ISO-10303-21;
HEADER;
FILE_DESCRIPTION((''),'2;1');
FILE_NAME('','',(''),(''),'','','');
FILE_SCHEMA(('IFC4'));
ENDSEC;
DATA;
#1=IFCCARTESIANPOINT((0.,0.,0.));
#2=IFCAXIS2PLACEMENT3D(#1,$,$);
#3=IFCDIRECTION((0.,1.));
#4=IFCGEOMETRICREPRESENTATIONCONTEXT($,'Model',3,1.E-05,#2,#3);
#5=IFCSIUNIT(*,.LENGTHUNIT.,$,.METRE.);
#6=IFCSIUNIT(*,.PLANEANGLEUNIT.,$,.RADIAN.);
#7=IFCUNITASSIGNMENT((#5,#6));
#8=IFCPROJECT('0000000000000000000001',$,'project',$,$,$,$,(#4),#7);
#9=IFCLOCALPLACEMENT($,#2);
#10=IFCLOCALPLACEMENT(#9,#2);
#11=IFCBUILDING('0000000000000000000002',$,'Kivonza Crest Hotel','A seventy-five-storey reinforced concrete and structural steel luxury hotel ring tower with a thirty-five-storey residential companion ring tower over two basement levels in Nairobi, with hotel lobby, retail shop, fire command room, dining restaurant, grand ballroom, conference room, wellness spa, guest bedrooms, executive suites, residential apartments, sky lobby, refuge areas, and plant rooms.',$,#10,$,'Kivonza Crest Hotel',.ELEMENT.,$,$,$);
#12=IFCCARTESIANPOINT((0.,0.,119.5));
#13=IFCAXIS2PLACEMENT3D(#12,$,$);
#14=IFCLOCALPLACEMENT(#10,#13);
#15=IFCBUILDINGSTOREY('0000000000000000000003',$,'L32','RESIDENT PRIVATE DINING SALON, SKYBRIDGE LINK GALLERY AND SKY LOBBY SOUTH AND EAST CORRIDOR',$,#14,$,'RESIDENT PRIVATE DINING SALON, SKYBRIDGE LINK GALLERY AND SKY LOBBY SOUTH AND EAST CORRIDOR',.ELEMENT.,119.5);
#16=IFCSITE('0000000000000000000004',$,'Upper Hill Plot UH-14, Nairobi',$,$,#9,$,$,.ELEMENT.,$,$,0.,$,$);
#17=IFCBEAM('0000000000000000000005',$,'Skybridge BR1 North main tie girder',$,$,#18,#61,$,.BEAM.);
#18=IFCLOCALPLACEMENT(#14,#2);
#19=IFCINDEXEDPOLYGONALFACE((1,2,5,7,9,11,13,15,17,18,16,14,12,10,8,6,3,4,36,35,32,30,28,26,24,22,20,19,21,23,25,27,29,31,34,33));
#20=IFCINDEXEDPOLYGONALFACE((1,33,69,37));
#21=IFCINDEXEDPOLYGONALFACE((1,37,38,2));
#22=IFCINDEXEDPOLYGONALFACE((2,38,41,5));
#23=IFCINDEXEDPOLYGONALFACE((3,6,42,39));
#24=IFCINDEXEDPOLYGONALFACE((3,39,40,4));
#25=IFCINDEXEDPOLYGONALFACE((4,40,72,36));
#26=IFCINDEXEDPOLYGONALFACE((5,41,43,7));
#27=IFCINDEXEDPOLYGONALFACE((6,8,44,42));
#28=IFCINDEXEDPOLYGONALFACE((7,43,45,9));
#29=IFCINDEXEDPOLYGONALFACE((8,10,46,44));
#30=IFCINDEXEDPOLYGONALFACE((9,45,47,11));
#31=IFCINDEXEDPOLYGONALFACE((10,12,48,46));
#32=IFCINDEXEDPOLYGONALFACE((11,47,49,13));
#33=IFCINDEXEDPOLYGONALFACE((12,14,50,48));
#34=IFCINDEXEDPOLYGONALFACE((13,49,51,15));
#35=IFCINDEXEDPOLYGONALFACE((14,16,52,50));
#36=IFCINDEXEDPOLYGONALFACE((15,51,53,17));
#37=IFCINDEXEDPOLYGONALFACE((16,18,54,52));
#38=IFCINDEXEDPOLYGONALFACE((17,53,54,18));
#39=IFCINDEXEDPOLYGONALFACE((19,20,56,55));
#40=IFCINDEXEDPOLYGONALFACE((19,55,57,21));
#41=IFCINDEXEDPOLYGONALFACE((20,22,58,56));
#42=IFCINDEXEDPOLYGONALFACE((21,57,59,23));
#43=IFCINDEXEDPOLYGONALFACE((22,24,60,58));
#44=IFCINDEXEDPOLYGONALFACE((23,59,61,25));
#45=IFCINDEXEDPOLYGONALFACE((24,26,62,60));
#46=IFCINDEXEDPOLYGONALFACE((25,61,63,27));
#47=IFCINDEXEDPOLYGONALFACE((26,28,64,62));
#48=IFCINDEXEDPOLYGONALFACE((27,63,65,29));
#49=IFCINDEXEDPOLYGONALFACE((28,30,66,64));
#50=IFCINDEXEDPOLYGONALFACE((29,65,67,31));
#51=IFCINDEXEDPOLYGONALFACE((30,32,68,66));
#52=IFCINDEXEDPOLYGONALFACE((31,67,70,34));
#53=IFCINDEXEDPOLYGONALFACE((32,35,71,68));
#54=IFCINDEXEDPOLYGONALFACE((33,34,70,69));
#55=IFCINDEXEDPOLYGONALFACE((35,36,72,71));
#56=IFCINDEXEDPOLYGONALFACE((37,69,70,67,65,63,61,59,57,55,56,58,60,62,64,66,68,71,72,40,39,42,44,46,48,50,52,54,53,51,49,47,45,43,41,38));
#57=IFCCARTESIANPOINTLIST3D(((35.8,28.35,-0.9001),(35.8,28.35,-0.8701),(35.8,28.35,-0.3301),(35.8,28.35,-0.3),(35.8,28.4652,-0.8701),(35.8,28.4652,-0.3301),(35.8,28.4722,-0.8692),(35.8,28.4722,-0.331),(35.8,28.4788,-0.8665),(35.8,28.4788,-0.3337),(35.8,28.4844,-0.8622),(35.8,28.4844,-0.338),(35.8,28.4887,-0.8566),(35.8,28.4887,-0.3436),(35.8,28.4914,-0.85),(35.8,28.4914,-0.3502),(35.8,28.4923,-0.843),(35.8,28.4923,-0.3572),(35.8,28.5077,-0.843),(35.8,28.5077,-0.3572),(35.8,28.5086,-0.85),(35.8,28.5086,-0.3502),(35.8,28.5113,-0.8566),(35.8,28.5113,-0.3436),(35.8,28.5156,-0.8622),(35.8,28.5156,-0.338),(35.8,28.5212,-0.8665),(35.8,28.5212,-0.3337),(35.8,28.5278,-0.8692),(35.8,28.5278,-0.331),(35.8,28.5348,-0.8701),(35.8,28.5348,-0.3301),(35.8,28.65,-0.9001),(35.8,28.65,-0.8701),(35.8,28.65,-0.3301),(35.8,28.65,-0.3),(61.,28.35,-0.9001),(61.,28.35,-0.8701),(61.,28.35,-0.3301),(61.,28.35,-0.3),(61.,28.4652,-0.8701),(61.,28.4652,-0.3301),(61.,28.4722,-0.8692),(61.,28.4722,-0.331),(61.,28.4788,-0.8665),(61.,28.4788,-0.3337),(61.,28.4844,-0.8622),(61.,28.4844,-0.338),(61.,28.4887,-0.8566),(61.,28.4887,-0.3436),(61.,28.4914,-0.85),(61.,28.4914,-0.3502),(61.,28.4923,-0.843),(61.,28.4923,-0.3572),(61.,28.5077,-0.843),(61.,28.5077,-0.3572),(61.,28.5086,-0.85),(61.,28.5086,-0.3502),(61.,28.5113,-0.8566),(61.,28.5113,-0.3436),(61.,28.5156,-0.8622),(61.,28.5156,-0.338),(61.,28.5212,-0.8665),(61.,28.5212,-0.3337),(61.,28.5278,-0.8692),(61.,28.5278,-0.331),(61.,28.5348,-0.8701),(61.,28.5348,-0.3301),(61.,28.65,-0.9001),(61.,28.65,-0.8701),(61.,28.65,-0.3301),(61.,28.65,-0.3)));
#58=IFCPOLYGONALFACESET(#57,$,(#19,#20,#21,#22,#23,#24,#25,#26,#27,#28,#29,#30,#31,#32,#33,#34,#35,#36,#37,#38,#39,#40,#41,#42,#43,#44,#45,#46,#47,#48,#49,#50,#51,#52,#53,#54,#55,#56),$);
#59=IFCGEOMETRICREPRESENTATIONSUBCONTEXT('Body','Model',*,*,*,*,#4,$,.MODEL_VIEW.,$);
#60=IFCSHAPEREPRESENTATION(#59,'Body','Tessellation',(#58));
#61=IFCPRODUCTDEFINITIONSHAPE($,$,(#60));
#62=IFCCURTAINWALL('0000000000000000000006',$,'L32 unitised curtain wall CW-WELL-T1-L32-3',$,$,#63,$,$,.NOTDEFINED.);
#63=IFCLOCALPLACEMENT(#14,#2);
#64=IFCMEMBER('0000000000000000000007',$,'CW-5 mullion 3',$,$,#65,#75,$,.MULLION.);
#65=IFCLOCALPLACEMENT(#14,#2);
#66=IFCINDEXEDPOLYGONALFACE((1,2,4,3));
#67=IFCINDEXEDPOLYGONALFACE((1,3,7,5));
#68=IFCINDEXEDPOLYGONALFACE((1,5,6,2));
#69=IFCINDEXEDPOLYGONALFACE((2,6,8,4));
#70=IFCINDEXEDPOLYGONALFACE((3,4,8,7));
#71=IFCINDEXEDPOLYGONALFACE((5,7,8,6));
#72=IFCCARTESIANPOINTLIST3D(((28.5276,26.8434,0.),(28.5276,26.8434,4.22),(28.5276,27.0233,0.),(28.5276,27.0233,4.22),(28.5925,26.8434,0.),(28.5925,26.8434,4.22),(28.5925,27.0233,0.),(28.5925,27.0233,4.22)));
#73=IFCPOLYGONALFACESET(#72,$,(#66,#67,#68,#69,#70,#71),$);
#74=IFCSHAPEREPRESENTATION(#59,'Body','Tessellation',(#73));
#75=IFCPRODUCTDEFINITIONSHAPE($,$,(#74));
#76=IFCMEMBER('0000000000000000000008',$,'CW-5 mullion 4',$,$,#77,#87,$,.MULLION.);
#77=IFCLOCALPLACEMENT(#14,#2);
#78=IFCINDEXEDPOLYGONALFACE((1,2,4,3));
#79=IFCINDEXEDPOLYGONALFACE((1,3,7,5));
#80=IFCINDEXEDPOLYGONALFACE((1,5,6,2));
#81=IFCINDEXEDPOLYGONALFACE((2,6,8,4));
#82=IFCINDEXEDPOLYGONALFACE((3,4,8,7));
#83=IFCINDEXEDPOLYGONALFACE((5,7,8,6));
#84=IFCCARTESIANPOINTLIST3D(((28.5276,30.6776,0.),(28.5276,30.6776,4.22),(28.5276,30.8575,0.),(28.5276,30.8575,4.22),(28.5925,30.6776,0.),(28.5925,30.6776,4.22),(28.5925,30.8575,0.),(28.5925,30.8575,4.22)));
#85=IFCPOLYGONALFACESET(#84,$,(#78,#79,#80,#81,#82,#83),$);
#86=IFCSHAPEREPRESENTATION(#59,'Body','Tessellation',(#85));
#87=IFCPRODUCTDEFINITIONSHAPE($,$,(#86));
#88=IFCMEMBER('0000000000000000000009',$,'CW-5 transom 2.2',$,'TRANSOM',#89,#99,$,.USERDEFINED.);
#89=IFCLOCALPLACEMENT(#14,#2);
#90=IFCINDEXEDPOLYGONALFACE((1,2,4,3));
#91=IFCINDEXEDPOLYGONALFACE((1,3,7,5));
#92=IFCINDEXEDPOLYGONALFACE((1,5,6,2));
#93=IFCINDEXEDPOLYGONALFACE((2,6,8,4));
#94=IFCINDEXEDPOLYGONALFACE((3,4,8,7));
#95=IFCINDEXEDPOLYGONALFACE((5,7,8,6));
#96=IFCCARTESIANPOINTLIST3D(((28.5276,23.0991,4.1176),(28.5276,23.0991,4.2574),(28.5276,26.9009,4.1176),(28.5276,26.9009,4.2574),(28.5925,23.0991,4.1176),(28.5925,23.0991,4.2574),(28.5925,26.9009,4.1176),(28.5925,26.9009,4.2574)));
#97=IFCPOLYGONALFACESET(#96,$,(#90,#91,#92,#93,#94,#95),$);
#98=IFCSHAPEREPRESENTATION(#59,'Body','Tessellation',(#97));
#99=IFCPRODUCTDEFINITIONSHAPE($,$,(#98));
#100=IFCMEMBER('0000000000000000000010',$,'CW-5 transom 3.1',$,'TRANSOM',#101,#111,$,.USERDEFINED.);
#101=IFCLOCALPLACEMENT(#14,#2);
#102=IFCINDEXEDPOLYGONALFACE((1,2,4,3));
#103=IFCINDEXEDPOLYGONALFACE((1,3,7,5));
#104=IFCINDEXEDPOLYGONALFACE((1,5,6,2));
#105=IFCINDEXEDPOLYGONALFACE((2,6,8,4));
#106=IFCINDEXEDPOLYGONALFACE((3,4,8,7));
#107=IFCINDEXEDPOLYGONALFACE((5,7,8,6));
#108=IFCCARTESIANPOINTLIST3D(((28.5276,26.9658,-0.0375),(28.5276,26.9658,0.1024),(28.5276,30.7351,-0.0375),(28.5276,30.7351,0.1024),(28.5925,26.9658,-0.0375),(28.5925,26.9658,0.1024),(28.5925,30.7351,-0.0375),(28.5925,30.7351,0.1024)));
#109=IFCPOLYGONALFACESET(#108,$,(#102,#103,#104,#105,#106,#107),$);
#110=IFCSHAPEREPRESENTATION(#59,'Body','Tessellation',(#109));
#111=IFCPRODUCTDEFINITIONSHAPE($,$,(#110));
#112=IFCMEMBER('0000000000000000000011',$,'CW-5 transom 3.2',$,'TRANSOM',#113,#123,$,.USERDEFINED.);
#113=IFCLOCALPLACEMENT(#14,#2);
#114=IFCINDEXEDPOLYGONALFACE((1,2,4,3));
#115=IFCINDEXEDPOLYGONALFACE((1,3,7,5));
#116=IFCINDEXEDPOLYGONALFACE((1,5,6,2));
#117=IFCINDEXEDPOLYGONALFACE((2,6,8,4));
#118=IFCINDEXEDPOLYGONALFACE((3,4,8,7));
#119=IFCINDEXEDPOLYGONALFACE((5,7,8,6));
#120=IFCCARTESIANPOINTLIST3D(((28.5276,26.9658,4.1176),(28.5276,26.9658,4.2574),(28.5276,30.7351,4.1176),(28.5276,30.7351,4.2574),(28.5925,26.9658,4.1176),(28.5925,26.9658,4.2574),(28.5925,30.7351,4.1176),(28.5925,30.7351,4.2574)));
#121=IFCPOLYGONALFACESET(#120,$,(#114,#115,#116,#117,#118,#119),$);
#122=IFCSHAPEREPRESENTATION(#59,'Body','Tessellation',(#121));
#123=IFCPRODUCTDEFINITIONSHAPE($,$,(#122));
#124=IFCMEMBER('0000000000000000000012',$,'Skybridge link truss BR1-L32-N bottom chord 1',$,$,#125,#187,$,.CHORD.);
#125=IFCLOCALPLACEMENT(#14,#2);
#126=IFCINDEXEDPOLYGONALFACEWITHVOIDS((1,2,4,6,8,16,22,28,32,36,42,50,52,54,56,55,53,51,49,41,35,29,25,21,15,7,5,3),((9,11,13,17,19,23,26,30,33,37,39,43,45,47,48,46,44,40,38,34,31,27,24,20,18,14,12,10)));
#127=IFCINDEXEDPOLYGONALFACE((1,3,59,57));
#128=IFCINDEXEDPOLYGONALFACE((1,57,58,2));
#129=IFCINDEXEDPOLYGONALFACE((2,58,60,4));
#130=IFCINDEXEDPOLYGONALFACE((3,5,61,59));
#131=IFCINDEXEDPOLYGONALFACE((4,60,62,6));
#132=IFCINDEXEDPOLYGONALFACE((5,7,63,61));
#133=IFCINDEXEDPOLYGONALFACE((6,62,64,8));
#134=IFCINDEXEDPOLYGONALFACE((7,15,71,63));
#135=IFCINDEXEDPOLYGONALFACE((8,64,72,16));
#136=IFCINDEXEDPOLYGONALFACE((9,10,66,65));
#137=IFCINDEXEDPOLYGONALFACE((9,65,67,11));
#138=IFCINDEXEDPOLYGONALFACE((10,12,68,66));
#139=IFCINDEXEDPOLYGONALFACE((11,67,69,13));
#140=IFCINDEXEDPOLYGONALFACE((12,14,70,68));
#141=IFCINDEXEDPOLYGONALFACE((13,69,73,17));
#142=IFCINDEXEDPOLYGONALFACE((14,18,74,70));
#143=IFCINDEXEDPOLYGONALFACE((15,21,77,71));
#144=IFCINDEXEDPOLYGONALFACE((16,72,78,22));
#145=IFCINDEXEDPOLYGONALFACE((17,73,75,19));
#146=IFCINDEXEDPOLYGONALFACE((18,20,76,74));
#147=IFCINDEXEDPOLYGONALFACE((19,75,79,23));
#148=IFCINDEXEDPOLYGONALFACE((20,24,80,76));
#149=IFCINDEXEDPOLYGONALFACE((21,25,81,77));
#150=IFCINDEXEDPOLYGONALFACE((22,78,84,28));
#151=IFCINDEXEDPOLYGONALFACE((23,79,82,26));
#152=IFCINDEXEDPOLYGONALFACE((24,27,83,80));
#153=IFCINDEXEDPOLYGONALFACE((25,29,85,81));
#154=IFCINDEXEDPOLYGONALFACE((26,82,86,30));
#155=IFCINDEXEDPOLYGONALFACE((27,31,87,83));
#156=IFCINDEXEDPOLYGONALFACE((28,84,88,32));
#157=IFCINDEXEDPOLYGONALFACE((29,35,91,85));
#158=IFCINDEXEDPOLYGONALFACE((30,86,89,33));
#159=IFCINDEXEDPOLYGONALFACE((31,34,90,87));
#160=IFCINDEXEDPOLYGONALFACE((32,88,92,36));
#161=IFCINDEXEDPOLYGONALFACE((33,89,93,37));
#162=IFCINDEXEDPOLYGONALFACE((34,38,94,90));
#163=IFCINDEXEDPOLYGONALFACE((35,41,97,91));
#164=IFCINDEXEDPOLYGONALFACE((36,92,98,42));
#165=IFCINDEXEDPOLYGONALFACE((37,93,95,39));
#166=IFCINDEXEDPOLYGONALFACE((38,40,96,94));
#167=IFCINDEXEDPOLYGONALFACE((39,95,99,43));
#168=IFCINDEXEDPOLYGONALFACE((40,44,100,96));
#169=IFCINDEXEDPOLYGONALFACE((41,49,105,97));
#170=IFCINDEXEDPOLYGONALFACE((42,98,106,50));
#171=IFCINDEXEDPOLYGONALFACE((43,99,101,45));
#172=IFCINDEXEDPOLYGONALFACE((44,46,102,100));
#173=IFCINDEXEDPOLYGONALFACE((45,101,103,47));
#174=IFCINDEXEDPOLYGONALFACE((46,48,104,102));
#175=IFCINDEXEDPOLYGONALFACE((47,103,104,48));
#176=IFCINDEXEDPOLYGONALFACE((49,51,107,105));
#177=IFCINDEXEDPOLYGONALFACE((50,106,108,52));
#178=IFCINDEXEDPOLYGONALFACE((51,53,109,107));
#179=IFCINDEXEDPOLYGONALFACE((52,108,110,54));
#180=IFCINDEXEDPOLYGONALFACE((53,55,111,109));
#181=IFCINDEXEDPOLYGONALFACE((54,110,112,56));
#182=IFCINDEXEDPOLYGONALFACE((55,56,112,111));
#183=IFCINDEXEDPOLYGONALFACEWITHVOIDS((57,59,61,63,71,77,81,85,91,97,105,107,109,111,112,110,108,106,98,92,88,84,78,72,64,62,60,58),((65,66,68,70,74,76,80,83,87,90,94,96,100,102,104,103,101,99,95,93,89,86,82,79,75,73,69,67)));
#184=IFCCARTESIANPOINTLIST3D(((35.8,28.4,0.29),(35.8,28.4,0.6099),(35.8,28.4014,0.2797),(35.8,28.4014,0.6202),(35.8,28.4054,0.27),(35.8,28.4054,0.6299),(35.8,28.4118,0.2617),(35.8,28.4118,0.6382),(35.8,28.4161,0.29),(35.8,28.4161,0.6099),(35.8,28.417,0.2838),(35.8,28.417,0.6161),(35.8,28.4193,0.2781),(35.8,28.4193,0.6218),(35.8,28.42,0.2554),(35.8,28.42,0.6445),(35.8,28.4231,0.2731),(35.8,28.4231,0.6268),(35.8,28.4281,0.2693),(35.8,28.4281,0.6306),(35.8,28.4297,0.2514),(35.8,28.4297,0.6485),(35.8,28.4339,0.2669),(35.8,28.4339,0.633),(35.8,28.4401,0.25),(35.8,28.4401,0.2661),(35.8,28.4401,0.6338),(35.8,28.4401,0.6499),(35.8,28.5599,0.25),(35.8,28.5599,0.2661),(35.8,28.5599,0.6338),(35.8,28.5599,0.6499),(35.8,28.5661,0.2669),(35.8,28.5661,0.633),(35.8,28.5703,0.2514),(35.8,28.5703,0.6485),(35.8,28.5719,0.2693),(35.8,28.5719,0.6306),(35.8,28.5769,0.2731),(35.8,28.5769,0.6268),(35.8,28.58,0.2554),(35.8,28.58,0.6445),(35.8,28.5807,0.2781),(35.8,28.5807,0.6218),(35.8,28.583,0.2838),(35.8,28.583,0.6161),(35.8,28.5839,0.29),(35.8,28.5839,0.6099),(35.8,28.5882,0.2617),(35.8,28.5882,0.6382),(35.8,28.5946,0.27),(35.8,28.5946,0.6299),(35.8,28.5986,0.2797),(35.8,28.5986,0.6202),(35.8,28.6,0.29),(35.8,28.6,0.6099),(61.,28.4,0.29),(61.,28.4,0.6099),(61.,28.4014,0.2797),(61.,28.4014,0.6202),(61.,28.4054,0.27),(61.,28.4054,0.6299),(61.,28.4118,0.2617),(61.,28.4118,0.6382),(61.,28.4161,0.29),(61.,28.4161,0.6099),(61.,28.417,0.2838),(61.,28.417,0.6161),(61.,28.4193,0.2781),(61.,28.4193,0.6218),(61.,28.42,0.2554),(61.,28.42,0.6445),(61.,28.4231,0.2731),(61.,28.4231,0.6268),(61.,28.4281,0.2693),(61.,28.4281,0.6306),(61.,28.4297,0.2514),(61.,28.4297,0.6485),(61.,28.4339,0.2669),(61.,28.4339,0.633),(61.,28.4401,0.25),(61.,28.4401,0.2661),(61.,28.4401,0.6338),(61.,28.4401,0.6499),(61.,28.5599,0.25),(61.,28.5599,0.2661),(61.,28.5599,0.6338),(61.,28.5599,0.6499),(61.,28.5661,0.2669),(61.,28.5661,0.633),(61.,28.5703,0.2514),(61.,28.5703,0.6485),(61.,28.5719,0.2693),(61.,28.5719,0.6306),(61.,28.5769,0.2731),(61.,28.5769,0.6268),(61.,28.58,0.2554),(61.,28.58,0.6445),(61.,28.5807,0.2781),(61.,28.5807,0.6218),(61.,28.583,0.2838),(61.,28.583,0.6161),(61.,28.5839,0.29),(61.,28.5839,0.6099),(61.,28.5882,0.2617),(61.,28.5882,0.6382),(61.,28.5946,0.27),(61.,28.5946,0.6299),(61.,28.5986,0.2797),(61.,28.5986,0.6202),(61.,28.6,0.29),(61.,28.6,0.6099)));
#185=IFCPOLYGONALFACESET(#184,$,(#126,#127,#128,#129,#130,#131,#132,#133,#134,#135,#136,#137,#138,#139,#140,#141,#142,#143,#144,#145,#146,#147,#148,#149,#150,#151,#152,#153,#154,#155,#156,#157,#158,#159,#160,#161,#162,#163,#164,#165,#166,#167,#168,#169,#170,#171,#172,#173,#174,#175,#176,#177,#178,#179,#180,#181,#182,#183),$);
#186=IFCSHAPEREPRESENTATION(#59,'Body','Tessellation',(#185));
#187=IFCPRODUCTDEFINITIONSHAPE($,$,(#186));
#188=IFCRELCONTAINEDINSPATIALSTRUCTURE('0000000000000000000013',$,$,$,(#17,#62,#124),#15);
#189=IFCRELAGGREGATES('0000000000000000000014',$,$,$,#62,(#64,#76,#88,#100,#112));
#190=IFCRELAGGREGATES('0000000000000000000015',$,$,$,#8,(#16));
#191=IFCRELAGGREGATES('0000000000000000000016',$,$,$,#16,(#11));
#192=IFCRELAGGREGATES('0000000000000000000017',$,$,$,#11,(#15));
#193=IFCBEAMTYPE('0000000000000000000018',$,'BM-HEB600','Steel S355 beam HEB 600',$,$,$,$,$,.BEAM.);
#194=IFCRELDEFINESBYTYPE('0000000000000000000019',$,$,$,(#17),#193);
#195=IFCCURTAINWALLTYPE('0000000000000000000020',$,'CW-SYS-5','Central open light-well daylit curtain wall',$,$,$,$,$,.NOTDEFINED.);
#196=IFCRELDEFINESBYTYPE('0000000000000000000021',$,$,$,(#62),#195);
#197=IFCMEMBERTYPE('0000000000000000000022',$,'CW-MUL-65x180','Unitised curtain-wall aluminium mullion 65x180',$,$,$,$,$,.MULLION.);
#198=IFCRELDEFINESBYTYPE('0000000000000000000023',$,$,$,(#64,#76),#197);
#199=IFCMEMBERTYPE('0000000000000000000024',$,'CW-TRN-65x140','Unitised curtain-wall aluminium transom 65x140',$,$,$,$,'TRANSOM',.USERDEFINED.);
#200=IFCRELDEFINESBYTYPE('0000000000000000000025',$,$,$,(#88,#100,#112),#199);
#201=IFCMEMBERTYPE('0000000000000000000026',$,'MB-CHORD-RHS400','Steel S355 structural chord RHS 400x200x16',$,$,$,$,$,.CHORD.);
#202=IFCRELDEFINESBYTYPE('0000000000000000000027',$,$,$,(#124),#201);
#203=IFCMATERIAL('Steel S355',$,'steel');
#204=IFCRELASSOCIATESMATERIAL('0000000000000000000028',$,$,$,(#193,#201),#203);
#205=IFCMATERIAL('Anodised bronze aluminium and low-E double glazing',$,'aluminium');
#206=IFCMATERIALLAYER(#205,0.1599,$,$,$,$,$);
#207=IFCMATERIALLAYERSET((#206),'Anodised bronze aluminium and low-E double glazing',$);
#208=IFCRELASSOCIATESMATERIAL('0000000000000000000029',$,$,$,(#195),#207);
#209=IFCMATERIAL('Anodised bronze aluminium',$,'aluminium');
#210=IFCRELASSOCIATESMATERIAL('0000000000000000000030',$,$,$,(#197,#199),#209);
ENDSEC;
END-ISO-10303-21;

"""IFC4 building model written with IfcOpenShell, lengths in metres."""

from ifc_helpers import new_model, si_unit, direction, frame, origin, origin_2d, place, context, subcontext, project, spatial, rectangle, hollow_rectangle, i_section, extrude, material, layer, layer_set, material_profile, profile_set, type_object, element, aggregate, save


model = new_model("IFC4")

# Units and contexts
model_context = context("Model", 3, precision=1e-05, world=origin(), true_north=direction((0.0, 1.0)))
body_context = subcontext(model_context, "Body", "Model", "MODEL_VIEW")
ifc_project = project(units=[si_unit("LENGTHUNIT", "METRE"), si_unit("PLANEANGLEUNIT", "RADIAN")], contexts=[model_context])

# Site, building, storey
site_placement = place(None, origin())
site = spatial("IfcSite", under=ifc_project, at=site_placement, Name="Upper Hill Plot UH-14, Nairobi", CompositionType="ELEMENT", RefElevation=0.0)
building_placement = place(site_placement, origin())
building = spatial("IfcBuilding", under=site, at=building_placement, Name="Kivonza Crest Hotel", Description="A seventy-five-storey reinforced concrete and structural steel luxury hotel ring tower with a thirty-five-storey residential companion ring tower over two basement levels in Nairobi, with hotel lobby, retail shop, fire command room, dining restaurant, grand ballroom, conference room, wellness spa, guest bedrooms, executive suites, residential apartments, sky lobby, refuge areas, and plant rooms.", LongName="Kivonza Crest Hotel", CompositionType="ELEMENT")
storey_placement = place(building_placement, frame((0.0, 0.0, 119.5)))
storey = spatial("IfcBuildingStorey", under=building, at=storey_placement, Name="L32", Description="RESIDENT PRIVATE DINING SALON, SKYBRIDGE LINK GALLERY AND SKY LOBBY SOUTH AND EAST CORRIDOR", LongName="RESIDENT PRIVATE DINING SALON, SKYBRIDGE LINK GALLERY AND SKY LOBBY SOUTH AND EAST CORRIDOR", CompositionType="ELEMENT", Elevation=119.5)

# Shared definitions
ifc_material_1 = material(Name="Steel S355", Category="steel")

# Beam
ifc_material_profile_1 = material_profile(ifc_material_1, i_section(OverallWidth=0.3, OverallDepth=0.6001, WebThickness=0.0154, FlangeThickness=0.03, FilletRadius=0.0271, at=origin_2d()), Name="HEB 600")
ifc_profile_set_1 = profile_set([ifc_material_profile_1], Name="Steel S355")
beam_type_1 = type_object("IfcBeamType", Name="BM-HEB600", Description="Steel S355 beam HEB 600", PredefinedType="BEAM", material=ifc_profile_set_1)
beam_1_placement = place(storey_placement, frame((35.8, 28.5, -0.6001), z_axis=(1.0, 0.0, 0.0), x_axis=(0.0, 1.0, 0.0)))
element("IfcBeam", 1, at=beam_1_placement, inside=storey, type_object=beam_type_1, Name="Skybridge BR1 North main tie girder", PredefinedType="BEAM", context=body_context, shape_type="SweptSolid", body=[
    extrude(i_section(OverallWidth=0.3, OverallDepth=0.6001, WebThickness=0.0154, FlangeThickness=0.03, FilletRadius=0.0271, at=origin_2d()), origin(), (0.0, 0.0, 1.0), 25.2),
])

# Curtain wall, members
ifc_material_2 = material(Name="Anodised bronze aluminium and low-E double glazing", Category="aluminium")
ifc_layer_1 = layer(ifc_material_2, 0.1599)
ifc_layer_set_1 = layer_set([ifc_layer_1], Name="Anodised bronze aluminium and low-E double glazing")
curtain_wall_type = type_object("IfcCurtainWallType", Name="CW-SYS-5", Description="Central open light-well daylit curtain wall", PredefinedType="NOTDEFINED", material=ifc_layer_set_1)
curtain_wall_placement = place(storey_placement, origin())
curtain_wall = element("IfcCurtainWall", 2, at=curtain_wall_placement, inside=storey, type_object=curtain_wall_type, Name="L32 unitised curtain wall CW-WELL-T1-L32-3", PredefinedType="NOTDEFINED")
ifc_material_3 = material(Name="Anodised bronze aluminium", Category="aluminium")
ifc_material_profile_2 = material_profile(ifc_material_3, rectangle(XDim=0.0649, YDim=0.1799, at=origin_2d()), Name="CW-M 65x180")
ifc_profile_set_2 = profile_set([ifc_material_profile_2], Name="Anodised bronze aluminium")
member_type_1 = type_object("IfcMemberType", Name="CW-MUL-65x180", Description="Unitised curtain-wall aluminium mullion 65x180", PredefinedType="MULLION", material=ifc_profile_set_2)
member_1_placement = place(storey_placement, frame((28.5601, 26.9333, 0.0), z_axis=(0.0, 0.0, 1.0), x_axis=(-1.0, 0.0, 0.0)))
member_1 = element("IfcMember", 3, at=member_1_placement, type_object=member_type_1, Name="CW-5 mullion 3", PredefinedType="MULLION", context=body_context, shape_type="SweptSolid", body=[
    extrude(rectangle(XDim=0.0649, YDim=0.1799, at=origin_2d()), origin(), (0.0, 0.0, 1.0), 4.22),
])
member_2_placement = place(storey_placement, frame((28.5601, 30.7676, 0.0), z_axis=(0.0, 0.0, 1.0), x_axis=(-1.0, 0.0, 0.0)))
member_2 = element("IfcMember", 4, at=member_2_placement, type_object=member_type_1, Name="CW-5 mullion 4", PredefinedType="MULLION", context=body_context, shape_type="SweptSolid", body=[
    extrude(rectangle(XDim=0.0649, YDim=0.1799, at=origin_2d()), origin(), (0.0, 0.0, 1.0), 4.22),
])
ifc_material_profile_3 = material_profile(ifc_material_3, rectangle(XDim=0.0649, YDim=0.1399, at=origin_2d()), Name="CW-T 65x140")
ifc_profile_set_3 = profile_set([ifc_material_profile_3], Name="Anodised bronze aluminium")
member_type_2 = type_object("IfcMemberType", Name="CW-TRN-65x140", Description="Unitised curtain-wall aluminium transom 65x140", ElementType="TRANSOM", PredefinedType="USERDEFINED", material=ifc_profile_set_3)
member_3_placement = place(storey_placement, frame((28.5601, 23.0991, 4.1875), z_axis=(0.0, 1.0, 0.0), x_axis=(-1.0, 0.0, 0.0)))
member_3 = element("IfcMember", 5, at=member_3_placement, type_object=member_type_2, Name="CW-5 transom 2.2", ObjectType="TRANSOM", PredefinedType="USERDEFINED", context=body_context, shape_type="SweptSolid", body=[
    extrude(rectangle(XDim=0.0649, YDim=0.1399, at=origin_2d()), origin(), (0.0, 0.0, 1.0), 3.8018),
])
member_4_placement = place(storey_placement, frame((28.5601, 26.9658, 0.0325), z_axis=(0.0, 1.0, 0.0), x_axis=(-1.0, 0.0, 0.0)))
member_4 = element("IfcMember", 6, at=member_4_placement, type_object=member_type_2, Name="CW-5 transom 3.1", ObjectType="TRANSOM", PredefinedType="USERDEFINED", context=body_context, shape_type="SweptSolid", body=[
    extrude(rectangle(XDim=0.0649, YDim=0.1399, at=origin_2d()), origin(), (0.0, 0.0, 1.0), 3.7693),
])
member_5_placement = place(storey_placement, frame((28.5601, 26.9658, 4.1875), z_axis=(0.0, 1.0, 0.0), x_axis=(-1.0, 0.0, 0.0)))
member_5 = element("IfcMember", 7, at=member_5_placement, type_object=member_type_2, Name="CW-5 transom 3.2", ObjectType="TRANSOM", PredefinedType="USERDEFINED", context=body_context, shape_type="SweptSolid", body=[
    extrude(rectangle(XDim=0.0649, YDim=0.1399, at=origin_2d()), origin(), (0.0, 0.0, 1.0), 3.7693),
])

# Member
ifc_material_profile_4 = material_profile(ifc_material_1, hollow_rectangle(XDim=0.2, YDim=0.3999, WallThickness=0.0161, InnerFilletRadius=0.0239, OuterFilletRadius=0.04, at=origin_2d()), Name="RHS 400x200x16")
ifc_profile_set_4 = profile_set([ifc_material_profile_4], Name="Steel S355")
member_type_3 = type_object("IfcMemberType", Name="MB-CHORD-RHS400", Description="Steel S355 structural chord RHS 400x200x16", PredefinedType="CHORD", material=ifc_profile_set_4)
for number, where, z_axis, x_axis, name in (
    (8, (35.8, 28.5, 0.45), (1.0, 0.0, 0.0), (0.0, 1.0, 0.0), "Skybridge link truss BR1-L32-N bottom chord 1"),
):
    element("IfcMember", number, at=place(storey_placement, frame(where, z_axis=z_axis, x_axis=x_axis)), inside=storey, type_object=member_type_3, Name=name, PredefinedType="CHORD", context=body_context, shape_type="SweptSolid", body=[
        extrude(hollow_rectangle(XDim=0.2, YDim=0.3999, WallThickness=0.0161, InnerFilletRadius=0.0239, OuterFilletRadius=0.04, at=origin_2d()), origin(), (0.0, 0.0, 1.0), 25.2),
    ])

aggregate(curtain_wall, [member_1, member_2, member_3, member_4, member_5])

save(model, "model.ifc")
